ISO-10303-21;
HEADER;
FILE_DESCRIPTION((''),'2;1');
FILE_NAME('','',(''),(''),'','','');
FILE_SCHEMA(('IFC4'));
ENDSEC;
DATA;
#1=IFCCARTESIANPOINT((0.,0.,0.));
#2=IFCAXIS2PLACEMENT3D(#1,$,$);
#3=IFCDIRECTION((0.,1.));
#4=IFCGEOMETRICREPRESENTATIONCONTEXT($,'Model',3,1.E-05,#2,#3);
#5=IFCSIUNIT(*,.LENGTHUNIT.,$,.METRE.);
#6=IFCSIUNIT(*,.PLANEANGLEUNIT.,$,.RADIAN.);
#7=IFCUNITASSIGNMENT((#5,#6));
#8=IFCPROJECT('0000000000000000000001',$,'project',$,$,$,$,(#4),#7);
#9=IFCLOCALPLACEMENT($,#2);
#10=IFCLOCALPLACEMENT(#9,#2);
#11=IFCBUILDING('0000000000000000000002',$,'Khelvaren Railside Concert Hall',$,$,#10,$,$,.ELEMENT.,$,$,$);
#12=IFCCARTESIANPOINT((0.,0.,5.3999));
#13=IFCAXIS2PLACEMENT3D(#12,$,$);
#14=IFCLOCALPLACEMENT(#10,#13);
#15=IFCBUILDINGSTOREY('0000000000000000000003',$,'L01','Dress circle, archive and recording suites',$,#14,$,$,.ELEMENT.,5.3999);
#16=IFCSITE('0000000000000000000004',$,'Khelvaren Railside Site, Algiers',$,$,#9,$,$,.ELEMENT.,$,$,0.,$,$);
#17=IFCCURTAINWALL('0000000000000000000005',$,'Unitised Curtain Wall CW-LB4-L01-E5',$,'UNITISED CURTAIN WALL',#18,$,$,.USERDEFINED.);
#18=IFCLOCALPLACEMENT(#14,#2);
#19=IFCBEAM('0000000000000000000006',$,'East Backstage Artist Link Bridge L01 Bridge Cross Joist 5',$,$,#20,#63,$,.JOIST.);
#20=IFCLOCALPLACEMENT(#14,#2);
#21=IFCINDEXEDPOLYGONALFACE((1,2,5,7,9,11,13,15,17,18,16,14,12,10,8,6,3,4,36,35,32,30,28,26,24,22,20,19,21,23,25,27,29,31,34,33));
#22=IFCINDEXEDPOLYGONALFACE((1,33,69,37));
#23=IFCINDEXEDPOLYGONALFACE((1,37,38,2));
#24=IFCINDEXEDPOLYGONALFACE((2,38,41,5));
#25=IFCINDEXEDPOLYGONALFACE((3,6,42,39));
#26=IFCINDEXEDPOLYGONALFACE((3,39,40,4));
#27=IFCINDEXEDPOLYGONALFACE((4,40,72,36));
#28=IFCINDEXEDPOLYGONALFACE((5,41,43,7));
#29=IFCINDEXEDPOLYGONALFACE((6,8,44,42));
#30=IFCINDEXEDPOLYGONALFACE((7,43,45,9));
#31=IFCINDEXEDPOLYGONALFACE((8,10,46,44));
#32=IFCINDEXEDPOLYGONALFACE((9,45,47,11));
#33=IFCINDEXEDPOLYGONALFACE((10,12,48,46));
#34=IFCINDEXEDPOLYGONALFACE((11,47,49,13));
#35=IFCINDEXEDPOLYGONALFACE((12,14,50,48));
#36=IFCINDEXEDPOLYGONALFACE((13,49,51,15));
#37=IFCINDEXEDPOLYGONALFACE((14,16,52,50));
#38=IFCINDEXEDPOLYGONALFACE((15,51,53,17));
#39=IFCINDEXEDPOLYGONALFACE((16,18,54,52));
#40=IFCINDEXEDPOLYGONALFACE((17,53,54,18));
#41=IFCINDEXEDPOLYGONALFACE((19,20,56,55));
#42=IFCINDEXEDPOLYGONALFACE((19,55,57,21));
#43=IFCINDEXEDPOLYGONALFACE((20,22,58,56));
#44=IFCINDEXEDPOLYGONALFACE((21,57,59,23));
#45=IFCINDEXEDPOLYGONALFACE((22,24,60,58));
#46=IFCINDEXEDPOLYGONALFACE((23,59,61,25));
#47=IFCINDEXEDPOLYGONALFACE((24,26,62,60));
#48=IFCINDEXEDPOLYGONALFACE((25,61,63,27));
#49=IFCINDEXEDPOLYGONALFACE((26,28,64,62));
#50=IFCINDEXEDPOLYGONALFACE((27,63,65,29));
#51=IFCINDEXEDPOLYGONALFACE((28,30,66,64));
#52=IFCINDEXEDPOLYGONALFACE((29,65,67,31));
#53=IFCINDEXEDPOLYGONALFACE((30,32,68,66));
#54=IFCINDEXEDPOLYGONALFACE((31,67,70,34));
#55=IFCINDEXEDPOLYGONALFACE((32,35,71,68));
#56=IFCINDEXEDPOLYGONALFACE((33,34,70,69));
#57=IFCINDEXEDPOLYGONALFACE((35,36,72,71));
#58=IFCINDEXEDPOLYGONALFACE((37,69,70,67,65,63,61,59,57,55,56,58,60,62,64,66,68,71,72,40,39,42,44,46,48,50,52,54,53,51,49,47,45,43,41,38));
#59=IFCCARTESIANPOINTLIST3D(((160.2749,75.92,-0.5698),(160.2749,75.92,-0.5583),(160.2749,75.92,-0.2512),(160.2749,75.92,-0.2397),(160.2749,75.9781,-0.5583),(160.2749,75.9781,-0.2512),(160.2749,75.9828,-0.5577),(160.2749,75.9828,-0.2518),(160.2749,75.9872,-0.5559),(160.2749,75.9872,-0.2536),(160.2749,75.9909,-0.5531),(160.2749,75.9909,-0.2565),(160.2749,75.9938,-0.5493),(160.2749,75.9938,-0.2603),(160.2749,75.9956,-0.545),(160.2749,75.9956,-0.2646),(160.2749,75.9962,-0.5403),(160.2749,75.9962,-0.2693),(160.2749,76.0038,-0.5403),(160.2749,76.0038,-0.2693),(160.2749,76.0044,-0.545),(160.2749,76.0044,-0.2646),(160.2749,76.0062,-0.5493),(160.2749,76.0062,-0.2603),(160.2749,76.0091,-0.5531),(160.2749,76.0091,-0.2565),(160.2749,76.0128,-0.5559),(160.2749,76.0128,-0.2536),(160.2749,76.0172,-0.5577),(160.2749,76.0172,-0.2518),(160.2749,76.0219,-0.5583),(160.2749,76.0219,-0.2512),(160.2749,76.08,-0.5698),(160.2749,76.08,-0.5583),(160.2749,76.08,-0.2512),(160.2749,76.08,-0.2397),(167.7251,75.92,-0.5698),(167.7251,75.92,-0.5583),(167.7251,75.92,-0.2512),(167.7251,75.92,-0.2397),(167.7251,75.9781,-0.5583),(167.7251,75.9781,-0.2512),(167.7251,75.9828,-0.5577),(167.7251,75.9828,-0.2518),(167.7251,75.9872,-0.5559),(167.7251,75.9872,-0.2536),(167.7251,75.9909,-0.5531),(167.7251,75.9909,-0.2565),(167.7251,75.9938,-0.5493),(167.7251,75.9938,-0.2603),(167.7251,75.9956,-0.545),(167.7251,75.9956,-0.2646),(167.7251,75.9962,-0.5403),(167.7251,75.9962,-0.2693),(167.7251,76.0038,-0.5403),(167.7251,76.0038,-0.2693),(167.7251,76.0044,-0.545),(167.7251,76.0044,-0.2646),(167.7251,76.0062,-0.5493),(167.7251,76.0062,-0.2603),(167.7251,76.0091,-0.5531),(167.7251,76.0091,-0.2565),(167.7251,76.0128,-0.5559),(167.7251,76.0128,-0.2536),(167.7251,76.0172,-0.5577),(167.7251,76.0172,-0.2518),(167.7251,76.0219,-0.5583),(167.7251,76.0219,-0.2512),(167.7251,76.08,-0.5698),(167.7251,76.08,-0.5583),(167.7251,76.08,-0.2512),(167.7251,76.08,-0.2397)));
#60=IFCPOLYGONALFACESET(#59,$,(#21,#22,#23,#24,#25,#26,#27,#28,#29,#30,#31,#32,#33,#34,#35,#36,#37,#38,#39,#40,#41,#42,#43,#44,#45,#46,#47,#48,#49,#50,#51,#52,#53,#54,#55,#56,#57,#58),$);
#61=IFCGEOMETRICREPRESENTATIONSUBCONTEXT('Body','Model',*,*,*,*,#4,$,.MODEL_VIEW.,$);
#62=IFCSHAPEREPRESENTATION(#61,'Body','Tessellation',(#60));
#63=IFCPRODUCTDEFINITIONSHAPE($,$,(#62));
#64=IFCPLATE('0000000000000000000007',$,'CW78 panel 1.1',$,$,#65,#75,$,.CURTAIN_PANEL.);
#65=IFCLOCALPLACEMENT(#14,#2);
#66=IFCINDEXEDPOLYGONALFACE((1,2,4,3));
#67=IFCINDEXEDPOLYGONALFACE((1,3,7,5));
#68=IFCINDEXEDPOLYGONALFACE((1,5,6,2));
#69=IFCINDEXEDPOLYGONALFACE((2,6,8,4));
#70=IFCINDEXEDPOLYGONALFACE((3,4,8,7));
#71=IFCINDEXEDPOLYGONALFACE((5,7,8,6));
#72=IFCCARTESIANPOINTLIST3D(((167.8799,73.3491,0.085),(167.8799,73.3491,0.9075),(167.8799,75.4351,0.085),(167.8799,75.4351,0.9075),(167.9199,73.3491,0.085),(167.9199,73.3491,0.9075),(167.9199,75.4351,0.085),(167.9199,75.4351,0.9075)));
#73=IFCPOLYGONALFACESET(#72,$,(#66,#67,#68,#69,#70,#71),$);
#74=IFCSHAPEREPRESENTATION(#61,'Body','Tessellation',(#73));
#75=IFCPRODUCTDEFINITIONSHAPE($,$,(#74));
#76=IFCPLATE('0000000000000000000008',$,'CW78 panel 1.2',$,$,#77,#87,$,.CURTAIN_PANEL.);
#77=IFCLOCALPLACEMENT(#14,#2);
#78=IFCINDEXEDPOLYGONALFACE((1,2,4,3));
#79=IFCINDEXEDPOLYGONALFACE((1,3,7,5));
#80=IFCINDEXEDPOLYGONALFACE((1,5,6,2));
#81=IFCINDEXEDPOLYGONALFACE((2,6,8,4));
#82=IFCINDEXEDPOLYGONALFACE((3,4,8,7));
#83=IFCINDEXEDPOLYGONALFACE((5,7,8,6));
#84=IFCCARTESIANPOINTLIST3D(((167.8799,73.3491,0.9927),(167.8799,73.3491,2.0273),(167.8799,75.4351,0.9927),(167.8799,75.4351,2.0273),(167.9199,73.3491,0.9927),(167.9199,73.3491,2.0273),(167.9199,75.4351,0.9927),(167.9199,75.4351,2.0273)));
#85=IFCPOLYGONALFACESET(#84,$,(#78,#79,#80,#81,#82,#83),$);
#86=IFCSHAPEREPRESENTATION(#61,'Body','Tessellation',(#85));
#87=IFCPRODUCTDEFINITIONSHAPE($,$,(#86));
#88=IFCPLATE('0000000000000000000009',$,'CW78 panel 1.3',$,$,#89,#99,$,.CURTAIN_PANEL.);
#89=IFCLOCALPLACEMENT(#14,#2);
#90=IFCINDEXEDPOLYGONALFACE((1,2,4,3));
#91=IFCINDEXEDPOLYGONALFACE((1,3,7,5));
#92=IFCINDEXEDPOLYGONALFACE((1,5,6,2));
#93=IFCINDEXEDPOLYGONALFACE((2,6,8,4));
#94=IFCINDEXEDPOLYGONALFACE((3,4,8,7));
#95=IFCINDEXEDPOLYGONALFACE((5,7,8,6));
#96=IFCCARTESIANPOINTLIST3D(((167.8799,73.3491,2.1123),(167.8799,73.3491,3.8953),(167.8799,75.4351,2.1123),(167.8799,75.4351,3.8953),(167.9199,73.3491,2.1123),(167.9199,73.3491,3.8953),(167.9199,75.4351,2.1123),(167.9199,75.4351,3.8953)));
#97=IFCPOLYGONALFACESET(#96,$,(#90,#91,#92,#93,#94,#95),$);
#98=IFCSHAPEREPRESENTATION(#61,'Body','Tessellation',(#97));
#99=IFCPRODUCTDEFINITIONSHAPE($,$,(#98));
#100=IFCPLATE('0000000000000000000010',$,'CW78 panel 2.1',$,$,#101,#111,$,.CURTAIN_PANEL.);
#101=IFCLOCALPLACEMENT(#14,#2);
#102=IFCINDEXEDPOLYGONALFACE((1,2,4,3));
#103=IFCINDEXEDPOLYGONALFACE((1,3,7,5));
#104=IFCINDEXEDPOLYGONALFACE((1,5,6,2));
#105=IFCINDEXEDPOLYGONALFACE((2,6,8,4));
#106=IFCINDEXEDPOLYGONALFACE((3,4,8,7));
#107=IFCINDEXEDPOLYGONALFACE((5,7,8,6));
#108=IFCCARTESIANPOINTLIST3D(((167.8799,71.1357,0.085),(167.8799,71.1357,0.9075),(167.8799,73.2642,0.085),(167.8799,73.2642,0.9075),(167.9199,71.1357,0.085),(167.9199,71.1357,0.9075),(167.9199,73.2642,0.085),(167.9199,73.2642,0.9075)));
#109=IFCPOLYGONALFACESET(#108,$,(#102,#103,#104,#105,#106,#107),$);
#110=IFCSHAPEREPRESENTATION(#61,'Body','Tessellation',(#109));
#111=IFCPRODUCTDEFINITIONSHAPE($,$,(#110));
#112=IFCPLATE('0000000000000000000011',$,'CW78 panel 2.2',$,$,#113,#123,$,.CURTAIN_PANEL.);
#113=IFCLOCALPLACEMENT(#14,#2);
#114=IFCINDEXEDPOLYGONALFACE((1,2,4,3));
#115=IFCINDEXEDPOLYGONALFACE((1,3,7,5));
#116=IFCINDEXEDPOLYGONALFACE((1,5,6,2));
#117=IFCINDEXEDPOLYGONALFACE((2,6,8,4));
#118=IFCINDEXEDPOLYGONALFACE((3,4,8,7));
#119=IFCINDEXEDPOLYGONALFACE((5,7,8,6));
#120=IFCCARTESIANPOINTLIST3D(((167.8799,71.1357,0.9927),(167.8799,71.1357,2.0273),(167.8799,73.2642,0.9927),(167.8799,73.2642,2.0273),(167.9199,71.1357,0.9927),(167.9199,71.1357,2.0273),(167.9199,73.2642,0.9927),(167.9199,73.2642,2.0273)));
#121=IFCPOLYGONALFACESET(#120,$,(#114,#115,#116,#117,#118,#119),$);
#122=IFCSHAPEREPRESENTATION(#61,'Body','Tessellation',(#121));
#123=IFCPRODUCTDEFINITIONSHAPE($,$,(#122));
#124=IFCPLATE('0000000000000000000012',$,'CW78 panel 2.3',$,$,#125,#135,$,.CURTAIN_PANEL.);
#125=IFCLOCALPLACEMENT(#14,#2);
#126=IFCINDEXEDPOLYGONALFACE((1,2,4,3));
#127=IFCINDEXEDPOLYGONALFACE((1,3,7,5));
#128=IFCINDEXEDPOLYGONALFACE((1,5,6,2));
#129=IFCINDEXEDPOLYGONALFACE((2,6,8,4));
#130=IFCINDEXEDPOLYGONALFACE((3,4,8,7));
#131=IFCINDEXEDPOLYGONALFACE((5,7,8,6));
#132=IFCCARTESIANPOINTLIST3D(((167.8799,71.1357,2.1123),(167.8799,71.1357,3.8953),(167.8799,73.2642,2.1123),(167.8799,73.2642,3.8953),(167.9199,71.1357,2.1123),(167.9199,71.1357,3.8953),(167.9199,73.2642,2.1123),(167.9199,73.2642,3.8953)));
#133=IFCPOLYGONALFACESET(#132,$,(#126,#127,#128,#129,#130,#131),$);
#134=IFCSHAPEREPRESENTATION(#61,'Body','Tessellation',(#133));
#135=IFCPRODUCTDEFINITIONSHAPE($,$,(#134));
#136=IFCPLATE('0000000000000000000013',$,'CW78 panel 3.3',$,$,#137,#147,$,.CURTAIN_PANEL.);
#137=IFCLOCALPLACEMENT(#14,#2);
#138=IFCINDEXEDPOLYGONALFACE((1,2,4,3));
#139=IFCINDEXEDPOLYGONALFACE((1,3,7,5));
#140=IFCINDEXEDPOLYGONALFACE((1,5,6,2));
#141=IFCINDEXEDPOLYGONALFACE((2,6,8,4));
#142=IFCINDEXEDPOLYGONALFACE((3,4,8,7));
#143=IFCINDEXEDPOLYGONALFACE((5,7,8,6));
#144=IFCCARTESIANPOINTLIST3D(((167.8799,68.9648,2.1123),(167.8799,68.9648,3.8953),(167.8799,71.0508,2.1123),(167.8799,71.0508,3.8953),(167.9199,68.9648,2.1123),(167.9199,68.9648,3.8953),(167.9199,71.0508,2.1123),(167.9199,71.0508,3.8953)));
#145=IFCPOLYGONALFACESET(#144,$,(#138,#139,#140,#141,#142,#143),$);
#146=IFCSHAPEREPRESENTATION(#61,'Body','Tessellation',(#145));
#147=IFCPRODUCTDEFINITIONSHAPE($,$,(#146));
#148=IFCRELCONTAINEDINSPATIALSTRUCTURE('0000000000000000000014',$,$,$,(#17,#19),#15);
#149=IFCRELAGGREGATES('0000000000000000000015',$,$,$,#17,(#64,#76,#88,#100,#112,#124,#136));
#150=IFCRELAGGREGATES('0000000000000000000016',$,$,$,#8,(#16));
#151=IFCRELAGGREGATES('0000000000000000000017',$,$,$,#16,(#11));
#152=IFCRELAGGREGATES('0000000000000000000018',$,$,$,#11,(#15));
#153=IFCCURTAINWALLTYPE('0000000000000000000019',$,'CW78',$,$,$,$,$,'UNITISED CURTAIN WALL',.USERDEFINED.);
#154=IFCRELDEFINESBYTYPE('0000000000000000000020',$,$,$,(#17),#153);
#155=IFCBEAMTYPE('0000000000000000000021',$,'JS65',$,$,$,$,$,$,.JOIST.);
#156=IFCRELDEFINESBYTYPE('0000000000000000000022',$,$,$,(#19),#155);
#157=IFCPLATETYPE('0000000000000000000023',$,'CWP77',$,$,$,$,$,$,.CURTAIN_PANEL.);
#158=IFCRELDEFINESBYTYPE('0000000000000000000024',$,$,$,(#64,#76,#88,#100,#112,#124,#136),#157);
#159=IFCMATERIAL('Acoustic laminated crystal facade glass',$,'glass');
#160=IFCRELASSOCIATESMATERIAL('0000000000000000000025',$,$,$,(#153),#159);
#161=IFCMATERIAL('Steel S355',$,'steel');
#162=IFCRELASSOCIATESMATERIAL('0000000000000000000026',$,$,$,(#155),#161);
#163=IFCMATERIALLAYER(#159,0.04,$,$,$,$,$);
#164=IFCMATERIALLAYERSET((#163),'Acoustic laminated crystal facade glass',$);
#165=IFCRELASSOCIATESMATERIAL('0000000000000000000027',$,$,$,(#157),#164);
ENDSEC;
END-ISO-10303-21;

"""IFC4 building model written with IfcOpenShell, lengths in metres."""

from ifc_helpers import new_model, si_unit, direction, frame, origin, origin_2d, place, context, subcontext, project, spatial, rectangle, i_section, extrude, material, layer, layer_set, material_profile, profile_set, type_object, element, aggregate, save


model = new_model("IFC4")

# Units and contexts
model_context = context("Model", 3, precision=1e-05, world=origin(), true_north=direction((0.0, 1.0)))
body_context = subcontext(model_context, "Body", "Model", "MODEL_VIEW")
ifc_project = project(units=[si_unit("LENGTHUNIT", "METRE"), si_unit("PLANEANGLEUNIT", "RADIAN")], contexts=[model_context])

# Site, building, storey
site_placement = place(None, origin())
site = spatial("IfcSite", under=ifc_project, at=site_placement, Name="Khelvaren Railside Site, Algiers", CompositionType="ELEMENT", RefElevation=0.0)
building_placement = place(site_placement, origin())
building = spatial("IfcBuilding", under=site, at=building_placement, Name="Khelvaren Railside Concert Hall", CompositionType="ELEMENT")
storey_placement = place(building_placement, frame((0.0, 0.0, 5.3999)))
storey = spatial("IfcBuildingStorey", under=building, at=storey_placement, Name="L01", Description="Dress circle, archive and recording suites", CompositionType="ELEMENT", Elevation=5.3999)

# Shared definitions
ifc_material_1 = material(Name="Steel S355", Category="steel")

# Shared definitions
ifc_material_2 = material(Name="Acoustic laminated crystal facade glass", Category="glass")
curtain_wall_type = type_object("IfcCurtainWallType", Name="CW78", ElementType="UNITISED CURTAIN WALL", PredefinedType="USERDEFINED", material=ifc_material_2)

# Curtain wall
curtain_wall_1_placement = place(storey_placement, origin())
curtain_wall_1 = element("IfcCurtainWall", 1, at=curtain_wall_1_placement, inside=storey, type_object=curtain_wall_type, Name="Unitised Curtain Wall CW-LB4-L01-E5", ObjectType="UNITISED CURTAIN WALL", PredefinedType="USERDEFINED")

# Beam
ifc_material_profile_1 = material_profile(ifc_material_1, i_section(OverallWidth=0.1599, OverallDepth=0.3301, WebThickness=0.0076, FlangeThickness=0.0115, FilletRadius=0.0181, at=origin_2d()), Name="IPE 330")
ifc_profile_set_1 = profile_set([ifc_material_profile_1], Name="Steel S355")
beam_type_1 = type_object("IfcBeamType", Name="JS65", PredefinedType="JOIST", material=ifc_profile_set_1)
beam_1_placement = place(storey_placement, frame((160.2749, 76.0, -0.4048), z_axis=(1.0, 0.0, 0.0), x_axis=(0.0, 1.0, 0.0)))
element("IfcBeam", 2, at=beam_1_placement, inside=storey, type_object=beam_type_1, Name="East Backstage Artist Link Bridge L01 Bridge Cross Joist 5", PredefinedType="JOIST", context=body_context, shape_type="SweptSolid", body=[
    extrude(i_section(OverallWidth=0.1599, OverallDepth=0.3301, WebThickness=0.0076, FlangeThickness=0.0115, FilletRadius=0.0181, at=origin_2d()), origin(), (0.0, 0.0, 1.0), 7.4502),
])

# Plates
ifc_layer = layer(ifc_material_2, 0.04)
ifc_layer_set = layer_set([ifc_layer], Name="Acoustic laminated crystal facade glass")
plate_type = type_object("IfcPlateType", Name="CWP77", PredefinedType="CURTAIN_PANEL", material=ifc_layer_set)
plate_1_placement = place(storey_placement, frame((167.8999, 74.3921, 0.085), z_axis=(0.0, 0.0, 1.0), x_axis=(0.0, -1.0, 0.0)))
plate_1 = element("IfcPlate", 3, at=plate_1_placement, type_object=plate_type, Name="CW78 panel 1.1", PredefinedType="CURTAIN_PANEL", context=body_context, shape_type="SweptSolid", body=[
    extrude(rectangle(XDim=2.0859, YDim=0.04, at=origin_2d()), origin(), (0.0, 0.0, 1.0), 0.8225),
])
plate_2_placement = place(storey_placement, frame((167.8999, 74.3921, 0.9927), z_axis=(0.0, 0.0, 1.0), x_axis=(0.0, -1.0, 0.0)))
plate_2 = element("IfcPlate", 4, at=plate_2_placement, type_object=plate_type, Name="CW78 panel 1.2", PredefinedType="CURTAIN_PANEL", context=body_context, shape_type="SweptSolid", body=[
    extrude(rectangle(XDim=2.0859, YDim=0.04, at=origin_2d()), origin(), (0.0, 0.0, 1.0), 1.0347),
])
plate_3_placement = place(storey_placement, frame((167.8999, 74.3921, 2.1123), z_axis=(0.0, 0.0, 1.0), x_axis=(0.0, -1.0, 0.0)))
plate_3 = element("IfcPlate", 5, at=plate_3_placement, type_object=plate_type, Name="CW78 panel 1.3", PredefinedType="CURTAIN_PANEL", context=body_context, shape_type="SweptSolid", body=[
    extrude(rectangle(XDim=2.0859, YDim=0.04, at=origin_2d()), origin(), (0.0, 0.0, 1.0), 1.783),
])
plate_4_placement = place(storey_placement, frame((167.8999, 72.2, 0.085), z_axis=(0.0, 0.0, 1.0), x_axis=(0.0, -1.0, 0.0)))
plate_4 = element("IfcPlate", 6, at=plate_4_placement, type_object=plate_type, Name="CW78 panel 2.1", PredefinedType="CURTAIN_PANEL", context=body_context, shape_type="SweptSolid", body=[
    extrude(rectangle(XDim=2.1284, YDim=0.04, at=origin_2d()), origin(), (0.0, 0.0, 1.0), 0.8225),
])
plate_5_placement = place(storey_placement, frame((167.8999, 72.2, 0.9927), z_axis=(0.0, 0.0, 1.0), x_axis=(0.0, -1.0, 0.0)))
plate_5 = element("IfcPlate", 7, at=plate_5_placement, type_object=plate_type, Name="CW78 panel 2.2", PredefinedType="CURTAIN_PANEL", context=body_context, shape_type="SweptSolid", body=[
    extrude(rectangle(XDim=2.1284, YDim=0.04, at=origin_2d()), origin(), (0.0, 0.0, 1.0), 1.0347),
])
plate_6_placement = place(storey_placement, frame((167.8999, 72.2, 2.1123), z_axis=(0.0, 0.0, 1.0), x_axis=(0.0, -1.0, 0.0)))
plate_6 = element("IfcPlate", 8, at=plate_6_placement, type_object=plate_type, Name="CW78 panel 2.3", PredefinedType="CURTAIN_PANEL", context=body_context, shape_type="SweptSolid", body=[
    extrude(rectangle(XDim=2.1284, YDim=0.04, at=origin_2d()), origin(), (0.0, 0.0, 1.0), 1.783),
])
plate_7_placement = place(storey_placement, frame((167.8999, 70.0078, 2.1123), z_axis=(0.0, 0.0, 1.0), x_axis=(0.0, -1.0, 0.0)))
plate_7 = element("IfcPlate", 9, at=plate_7_placement, type_object=plate_type, Name="CW78 panel 3.3", PredefinedType="CURTAIN_PANEL", context=body_context, shape_type="SweptSolid", body=[
    extrude(rectangle(XDim=2.0859, YDim=0.04, at=origin_2d()), origin(), (0.0, 0.0, 1.0), 1.783),
])
aggregate(curtain_wall_1, [plate_1, plate_2, plate_3, plate_4, plate_5, plate_6, plate_7])

save(model, "model.ifc")
